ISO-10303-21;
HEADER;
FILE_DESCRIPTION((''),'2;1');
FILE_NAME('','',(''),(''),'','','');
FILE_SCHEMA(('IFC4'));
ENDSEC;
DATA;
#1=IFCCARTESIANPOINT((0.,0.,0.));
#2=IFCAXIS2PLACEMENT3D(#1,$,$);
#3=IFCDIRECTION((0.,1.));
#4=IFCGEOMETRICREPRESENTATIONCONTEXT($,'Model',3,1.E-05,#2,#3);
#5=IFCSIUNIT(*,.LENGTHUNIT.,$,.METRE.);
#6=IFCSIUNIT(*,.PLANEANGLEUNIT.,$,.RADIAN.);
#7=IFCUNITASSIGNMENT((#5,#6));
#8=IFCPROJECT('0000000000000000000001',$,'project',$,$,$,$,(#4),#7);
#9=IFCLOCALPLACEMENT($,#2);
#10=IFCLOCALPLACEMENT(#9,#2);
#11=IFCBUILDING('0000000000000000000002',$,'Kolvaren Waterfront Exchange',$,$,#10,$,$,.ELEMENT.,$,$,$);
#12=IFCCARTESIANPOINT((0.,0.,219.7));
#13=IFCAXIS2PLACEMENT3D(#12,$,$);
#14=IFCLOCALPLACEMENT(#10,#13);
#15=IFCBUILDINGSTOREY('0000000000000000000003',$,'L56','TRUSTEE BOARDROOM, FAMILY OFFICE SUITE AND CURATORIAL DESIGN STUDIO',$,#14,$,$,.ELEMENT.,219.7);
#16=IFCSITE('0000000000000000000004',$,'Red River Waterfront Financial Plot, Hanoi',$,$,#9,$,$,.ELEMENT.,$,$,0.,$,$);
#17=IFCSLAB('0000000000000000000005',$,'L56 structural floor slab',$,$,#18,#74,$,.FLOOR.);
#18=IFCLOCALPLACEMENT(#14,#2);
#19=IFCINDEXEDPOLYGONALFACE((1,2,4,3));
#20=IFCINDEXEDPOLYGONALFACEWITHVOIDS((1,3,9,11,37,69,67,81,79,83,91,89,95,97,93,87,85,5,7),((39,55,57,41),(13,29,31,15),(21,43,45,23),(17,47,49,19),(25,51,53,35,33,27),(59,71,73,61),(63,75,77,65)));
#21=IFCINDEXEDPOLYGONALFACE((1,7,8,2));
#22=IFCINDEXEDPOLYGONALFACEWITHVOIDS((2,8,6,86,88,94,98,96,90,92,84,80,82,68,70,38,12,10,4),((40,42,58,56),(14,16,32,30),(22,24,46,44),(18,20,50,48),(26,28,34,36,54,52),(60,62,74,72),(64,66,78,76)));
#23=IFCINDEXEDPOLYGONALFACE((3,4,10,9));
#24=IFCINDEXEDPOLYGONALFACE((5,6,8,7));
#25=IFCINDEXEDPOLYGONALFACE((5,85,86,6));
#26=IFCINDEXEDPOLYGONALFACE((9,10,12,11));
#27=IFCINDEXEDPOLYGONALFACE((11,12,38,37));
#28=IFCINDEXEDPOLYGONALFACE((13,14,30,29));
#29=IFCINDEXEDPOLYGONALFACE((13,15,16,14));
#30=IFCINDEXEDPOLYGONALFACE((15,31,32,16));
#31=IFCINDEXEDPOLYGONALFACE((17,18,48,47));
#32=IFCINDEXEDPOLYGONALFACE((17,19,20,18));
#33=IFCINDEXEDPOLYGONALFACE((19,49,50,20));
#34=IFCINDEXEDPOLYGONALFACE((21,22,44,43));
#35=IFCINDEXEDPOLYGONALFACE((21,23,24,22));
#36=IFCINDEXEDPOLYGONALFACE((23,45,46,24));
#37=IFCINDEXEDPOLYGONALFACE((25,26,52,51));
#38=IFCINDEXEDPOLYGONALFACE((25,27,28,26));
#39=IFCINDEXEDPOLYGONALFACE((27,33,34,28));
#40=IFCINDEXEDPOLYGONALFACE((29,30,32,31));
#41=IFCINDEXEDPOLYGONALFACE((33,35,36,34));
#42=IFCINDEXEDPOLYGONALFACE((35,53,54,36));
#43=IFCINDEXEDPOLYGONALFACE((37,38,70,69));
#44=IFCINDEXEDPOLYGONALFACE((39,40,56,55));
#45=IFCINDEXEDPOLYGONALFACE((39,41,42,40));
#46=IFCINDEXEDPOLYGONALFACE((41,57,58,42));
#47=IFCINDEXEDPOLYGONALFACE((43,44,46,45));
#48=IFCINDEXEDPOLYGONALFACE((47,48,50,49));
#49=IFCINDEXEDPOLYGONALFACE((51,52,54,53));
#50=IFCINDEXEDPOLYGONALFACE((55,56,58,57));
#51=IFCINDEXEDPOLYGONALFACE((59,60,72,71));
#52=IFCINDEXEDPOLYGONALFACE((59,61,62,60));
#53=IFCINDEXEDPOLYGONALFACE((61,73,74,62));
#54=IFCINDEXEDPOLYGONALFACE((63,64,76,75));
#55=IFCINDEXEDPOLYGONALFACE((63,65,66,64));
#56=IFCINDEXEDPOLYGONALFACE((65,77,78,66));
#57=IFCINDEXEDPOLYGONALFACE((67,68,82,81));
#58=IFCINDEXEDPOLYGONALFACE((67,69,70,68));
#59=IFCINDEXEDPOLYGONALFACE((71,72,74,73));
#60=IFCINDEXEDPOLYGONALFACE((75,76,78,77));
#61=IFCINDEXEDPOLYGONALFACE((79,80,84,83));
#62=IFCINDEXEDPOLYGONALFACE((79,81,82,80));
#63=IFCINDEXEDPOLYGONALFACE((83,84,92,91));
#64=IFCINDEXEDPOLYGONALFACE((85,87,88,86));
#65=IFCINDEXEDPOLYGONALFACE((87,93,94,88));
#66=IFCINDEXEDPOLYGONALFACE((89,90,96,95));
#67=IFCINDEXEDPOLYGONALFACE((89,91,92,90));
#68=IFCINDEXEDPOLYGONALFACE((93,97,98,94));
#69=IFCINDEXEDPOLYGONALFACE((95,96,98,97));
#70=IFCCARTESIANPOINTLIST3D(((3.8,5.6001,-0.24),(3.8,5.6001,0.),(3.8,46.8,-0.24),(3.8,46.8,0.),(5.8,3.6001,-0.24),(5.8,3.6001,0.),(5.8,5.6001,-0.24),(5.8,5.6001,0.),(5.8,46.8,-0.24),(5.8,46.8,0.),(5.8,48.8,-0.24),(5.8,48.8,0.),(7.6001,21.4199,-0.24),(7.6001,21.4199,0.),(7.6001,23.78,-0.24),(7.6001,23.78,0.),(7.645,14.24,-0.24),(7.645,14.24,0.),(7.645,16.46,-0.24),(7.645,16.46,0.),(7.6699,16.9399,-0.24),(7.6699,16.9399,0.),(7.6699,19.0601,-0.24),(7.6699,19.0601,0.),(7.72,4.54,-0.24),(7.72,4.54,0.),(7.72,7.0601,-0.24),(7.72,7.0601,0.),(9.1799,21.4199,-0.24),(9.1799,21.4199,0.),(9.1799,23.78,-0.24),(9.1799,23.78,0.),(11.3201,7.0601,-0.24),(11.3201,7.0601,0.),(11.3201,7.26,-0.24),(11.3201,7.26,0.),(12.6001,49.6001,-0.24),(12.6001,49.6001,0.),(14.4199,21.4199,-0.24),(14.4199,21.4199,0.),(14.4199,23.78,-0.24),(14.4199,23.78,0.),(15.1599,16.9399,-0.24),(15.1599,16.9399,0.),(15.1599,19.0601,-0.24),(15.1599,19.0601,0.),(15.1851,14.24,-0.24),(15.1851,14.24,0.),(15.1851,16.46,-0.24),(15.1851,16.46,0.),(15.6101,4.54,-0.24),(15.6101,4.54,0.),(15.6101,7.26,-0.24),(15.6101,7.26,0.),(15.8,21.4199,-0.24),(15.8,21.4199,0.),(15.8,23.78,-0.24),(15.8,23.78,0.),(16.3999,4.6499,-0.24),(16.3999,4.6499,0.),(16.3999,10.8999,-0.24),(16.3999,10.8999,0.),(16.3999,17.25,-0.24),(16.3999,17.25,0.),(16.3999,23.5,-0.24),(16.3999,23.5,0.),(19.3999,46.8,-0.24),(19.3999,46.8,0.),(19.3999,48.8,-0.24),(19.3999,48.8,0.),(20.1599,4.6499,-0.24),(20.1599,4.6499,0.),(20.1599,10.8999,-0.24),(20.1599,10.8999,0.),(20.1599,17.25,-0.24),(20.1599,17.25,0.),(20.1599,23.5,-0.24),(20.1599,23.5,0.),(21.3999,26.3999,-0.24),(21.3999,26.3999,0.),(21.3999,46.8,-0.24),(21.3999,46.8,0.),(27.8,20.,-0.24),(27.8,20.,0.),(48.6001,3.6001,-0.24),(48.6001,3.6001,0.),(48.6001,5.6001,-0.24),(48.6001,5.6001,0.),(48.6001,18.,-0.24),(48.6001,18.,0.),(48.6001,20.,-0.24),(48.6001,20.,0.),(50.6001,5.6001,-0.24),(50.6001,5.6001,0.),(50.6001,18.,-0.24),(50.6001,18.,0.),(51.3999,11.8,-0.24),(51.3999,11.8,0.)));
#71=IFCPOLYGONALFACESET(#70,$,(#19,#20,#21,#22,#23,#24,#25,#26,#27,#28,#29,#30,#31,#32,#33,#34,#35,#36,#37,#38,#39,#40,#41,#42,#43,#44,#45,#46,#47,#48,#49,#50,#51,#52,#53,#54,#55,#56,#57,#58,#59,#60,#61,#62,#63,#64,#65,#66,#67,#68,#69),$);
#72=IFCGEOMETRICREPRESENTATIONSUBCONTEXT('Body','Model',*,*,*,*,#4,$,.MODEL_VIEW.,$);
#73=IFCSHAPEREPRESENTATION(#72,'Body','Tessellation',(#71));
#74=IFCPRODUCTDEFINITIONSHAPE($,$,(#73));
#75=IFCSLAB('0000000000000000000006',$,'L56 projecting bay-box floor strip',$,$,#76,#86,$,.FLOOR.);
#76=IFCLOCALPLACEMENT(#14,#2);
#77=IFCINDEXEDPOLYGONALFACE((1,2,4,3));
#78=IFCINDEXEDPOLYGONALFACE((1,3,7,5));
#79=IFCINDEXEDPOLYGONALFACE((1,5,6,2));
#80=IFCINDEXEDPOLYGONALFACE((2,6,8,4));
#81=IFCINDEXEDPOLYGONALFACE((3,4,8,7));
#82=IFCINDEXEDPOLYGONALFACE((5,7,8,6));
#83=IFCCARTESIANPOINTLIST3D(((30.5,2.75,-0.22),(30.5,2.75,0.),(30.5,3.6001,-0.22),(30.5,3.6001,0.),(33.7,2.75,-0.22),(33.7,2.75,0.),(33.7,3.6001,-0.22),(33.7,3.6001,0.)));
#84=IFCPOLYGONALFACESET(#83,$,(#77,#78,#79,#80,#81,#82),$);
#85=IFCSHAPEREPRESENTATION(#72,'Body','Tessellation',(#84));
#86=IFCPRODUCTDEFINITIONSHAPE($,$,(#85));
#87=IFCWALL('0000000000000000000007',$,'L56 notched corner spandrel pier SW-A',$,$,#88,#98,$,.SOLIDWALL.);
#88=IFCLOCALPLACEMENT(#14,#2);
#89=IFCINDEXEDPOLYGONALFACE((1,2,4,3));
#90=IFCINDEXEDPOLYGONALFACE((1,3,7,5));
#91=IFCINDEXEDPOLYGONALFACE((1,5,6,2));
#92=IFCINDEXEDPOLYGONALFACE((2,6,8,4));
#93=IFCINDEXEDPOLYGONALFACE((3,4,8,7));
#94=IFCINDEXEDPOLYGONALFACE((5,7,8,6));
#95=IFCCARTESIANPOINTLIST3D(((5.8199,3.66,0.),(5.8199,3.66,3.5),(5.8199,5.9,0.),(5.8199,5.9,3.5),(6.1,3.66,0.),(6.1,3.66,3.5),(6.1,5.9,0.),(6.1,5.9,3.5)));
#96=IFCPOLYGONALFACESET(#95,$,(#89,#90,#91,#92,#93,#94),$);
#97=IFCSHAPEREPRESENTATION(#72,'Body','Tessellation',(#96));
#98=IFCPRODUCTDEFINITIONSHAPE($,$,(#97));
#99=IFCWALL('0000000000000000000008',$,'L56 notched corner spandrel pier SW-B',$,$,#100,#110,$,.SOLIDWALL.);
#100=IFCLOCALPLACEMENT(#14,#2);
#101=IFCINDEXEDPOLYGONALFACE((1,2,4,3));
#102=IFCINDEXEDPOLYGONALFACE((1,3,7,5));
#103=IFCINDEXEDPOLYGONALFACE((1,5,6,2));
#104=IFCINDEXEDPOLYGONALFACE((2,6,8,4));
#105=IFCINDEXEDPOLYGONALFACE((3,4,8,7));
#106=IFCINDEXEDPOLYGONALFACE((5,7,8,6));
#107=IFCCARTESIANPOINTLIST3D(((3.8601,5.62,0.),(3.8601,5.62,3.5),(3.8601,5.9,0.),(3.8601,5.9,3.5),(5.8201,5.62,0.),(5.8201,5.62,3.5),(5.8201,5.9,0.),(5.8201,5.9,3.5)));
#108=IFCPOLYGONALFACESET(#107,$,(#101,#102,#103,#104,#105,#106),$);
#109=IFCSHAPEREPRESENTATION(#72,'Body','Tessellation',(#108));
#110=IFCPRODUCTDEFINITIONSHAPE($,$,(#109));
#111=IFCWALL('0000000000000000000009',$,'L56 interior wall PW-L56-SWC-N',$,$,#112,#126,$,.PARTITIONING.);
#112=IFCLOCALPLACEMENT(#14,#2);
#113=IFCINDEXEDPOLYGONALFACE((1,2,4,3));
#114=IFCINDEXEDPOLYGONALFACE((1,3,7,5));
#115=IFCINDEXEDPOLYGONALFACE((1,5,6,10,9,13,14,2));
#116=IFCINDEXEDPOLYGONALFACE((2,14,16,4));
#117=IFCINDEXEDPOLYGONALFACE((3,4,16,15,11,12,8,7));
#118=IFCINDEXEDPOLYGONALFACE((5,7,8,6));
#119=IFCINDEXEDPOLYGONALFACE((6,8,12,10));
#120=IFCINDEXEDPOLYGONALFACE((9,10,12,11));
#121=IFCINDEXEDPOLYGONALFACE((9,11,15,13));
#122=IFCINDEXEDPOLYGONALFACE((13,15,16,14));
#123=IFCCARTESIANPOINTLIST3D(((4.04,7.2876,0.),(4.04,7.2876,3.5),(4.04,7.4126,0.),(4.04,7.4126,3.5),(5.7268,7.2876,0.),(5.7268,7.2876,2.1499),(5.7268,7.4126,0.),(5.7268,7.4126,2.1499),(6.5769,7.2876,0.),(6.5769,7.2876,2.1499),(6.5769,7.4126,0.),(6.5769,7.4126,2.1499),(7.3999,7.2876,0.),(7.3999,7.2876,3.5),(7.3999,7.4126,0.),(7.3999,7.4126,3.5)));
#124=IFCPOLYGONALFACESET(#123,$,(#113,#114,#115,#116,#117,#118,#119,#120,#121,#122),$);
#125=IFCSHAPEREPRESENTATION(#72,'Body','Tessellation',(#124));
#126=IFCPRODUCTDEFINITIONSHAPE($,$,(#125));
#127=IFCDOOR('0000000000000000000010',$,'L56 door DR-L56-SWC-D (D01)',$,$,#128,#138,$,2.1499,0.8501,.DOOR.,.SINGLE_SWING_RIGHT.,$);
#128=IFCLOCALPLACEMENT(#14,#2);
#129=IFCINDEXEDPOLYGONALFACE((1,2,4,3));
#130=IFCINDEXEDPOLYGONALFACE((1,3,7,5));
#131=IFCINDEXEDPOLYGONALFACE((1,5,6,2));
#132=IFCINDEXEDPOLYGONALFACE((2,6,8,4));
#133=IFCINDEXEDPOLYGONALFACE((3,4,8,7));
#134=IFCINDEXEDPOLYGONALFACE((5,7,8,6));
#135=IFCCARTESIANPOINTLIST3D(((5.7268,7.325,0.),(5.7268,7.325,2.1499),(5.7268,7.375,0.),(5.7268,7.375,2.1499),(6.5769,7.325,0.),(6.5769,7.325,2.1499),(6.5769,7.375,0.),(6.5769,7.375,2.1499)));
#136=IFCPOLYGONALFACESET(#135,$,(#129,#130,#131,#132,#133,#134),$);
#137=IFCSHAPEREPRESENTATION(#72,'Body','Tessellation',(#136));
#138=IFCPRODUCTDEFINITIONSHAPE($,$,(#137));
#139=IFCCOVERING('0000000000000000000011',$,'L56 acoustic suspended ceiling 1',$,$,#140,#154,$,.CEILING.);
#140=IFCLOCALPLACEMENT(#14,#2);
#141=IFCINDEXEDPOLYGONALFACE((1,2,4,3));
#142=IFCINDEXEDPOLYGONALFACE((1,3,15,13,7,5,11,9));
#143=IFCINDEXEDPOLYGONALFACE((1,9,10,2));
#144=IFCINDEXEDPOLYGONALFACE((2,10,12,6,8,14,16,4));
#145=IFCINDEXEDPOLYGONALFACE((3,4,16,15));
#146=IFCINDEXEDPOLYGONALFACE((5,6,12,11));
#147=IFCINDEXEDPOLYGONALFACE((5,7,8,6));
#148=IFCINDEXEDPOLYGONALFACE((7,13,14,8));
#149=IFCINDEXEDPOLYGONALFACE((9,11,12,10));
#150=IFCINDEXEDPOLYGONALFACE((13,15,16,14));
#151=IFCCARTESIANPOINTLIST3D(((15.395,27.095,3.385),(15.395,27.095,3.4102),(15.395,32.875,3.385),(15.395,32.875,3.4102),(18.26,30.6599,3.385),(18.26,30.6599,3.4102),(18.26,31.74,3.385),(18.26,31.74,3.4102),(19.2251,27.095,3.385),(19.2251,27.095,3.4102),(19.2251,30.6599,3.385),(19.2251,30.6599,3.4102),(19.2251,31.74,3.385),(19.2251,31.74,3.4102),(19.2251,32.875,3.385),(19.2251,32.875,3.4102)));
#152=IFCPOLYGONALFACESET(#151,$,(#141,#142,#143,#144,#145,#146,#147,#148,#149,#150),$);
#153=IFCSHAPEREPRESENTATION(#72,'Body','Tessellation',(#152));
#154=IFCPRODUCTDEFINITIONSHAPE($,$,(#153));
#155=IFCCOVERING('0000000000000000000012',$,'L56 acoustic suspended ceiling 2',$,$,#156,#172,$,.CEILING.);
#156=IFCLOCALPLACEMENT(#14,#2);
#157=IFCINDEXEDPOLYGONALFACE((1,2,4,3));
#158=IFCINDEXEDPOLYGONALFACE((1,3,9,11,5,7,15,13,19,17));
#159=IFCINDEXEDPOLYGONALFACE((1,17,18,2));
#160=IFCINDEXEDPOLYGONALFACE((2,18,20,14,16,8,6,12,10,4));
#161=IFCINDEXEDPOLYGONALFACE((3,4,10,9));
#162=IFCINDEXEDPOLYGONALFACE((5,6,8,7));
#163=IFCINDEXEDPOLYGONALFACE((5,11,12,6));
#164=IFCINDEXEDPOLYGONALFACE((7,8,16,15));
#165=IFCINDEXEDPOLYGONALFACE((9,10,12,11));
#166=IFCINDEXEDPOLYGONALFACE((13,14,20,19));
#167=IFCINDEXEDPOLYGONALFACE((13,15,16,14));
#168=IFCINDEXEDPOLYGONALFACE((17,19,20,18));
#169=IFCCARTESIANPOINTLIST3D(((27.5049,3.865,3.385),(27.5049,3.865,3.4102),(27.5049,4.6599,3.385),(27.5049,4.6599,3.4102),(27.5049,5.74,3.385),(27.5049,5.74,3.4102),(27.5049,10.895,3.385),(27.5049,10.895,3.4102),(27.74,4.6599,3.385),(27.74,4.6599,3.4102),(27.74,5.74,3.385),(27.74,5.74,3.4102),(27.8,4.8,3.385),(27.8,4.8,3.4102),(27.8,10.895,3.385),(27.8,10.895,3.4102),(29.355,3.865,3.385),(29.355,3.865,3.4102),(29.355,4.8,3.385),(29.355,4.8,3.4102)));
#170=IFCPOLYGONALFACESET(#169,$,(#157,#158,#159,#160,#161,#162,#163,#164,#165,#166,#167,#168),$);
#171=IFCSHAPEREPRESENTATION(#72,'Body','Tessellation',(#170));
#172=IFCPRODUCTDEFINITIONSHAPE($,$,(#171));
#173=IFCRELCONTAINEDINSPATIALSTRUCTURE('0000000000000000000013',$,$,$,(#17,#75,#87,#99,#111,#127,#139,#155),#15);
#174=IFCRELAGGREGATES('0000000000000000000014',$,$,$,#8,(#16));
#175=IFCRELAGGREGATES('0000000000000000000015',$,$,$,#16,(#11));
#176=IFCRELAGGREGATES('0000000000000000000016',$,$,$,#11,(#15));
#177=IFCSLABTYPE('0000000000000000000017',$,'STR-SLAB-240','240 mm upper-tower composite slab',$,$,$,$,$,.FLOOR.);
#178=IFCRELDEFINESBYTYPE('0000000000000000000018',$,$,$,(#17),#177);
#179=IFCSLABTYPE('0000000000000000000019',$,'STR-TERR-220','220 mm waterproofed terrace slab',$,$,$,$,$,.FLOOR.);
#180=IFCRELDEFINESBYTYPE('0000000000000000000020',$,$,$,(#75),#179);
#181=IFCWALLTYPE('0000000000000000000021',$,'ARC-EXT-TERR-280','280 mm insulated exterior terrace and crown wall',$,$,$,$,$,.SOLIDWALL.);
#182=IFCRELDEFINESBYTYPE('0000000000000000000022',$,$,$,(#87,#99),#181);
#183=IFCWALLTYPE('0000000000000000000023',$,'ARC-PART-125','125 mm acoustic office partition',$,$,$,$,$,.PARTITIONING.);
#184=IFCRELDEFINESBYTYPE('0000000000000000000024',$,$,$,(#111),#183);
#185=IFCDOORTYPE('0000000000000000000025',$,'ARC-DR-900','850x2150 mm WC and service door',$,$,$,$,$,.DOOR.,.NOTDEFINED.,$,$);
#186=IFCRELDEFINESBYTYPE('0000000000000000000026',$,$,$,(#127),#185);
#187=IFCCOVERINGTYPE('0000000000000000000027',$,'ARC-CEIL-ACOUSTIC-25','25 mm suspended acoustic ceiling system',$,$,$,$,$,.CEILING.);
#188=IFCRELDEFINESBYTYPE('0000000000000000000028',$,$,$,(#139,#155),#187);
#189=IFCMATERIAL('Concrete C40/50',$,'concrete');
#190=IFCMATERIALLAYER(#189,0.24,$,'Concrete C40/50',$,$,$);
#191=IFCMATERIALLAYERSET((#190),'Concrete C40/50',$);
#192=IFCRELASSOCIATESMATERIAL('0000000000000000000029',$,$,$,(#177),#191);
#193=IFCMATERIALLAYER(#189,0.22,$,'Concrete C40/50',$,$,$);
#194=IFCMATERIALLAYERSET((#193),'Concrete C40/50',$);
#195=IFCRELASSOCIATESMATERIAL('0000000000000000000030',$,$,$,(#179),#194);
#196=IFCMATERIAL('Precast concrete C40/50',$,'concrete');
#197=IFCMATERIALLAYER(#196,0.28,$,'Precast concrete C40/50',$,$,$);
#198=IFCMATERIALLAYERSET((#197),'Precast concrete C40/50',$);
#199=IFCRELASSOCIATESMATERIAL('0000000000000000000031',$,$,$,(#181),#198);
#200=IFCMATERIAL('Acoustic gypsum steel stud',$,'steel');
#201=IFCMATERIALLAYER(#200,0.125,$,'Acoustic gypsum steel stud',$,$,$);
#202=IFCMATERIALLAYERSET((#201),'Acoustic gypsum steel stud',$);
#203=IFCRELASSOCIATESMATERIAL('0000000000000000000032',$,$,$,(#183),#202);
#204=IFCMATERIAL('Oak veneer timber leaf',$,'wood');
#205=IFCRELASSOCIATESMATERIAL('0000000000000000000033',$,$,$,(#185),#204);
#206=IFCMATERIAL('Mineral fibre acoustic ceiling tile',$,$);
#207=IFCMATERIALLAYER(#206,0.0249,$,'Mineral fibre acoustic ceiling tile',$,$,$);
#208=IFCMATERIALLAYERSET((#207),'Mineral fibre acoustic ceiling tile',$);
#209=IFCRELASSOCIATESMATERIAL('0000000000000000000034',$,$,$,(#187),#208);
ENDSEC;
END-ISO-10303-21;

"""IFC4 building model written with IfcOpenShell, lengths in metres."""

from ifc_helpers import new_model, si_unit, direction, frame, frame_2d, origin, place, context, subcontext, project, spatial, polyline, rectangle, outline, extrude, material, layer, layer_set, type_object, element, fill, save


model = new_model("IFC4")

# Units and contexts
model_context = context("Model", 3, precision=1e-05, world=origin(), true_north=direction((0.0, 1.0)))
body_context = subcontext(model_context, "Body", "Model", "MODEL_VIEW")
ifc_project = project(units=[si_unit("LENGTHUNIT", "METRE"), si_unit("PLANEANGLEUNIT", "RADIAN")], contexts=[model_context])

# Site, building, storey
site_placement = place(None, origin())
site = spatial("IfcSite", under=ifc_project, at=site_placement, Name="Red River Waterfront Financial Plot, Hanoi", CompositionType="ELEMENT", RefElevation=0.0)
building_placement = place(site_placement, origin())
building = spatial("IfcBuilding", under=site, at=building_placement, Name="Kolvaren Waterfront Exchange", CompositionType="ELEMENT")
storey_placement = place(building_placement, frame((0.0, 0.0, 219.7)))
storey = spatial("IfcBuildingStorey", under=building, at=storey_placement, Name="L56", Description="TRUSTEE BOARDROOM, FAMILY OFFICE SUITE AND CURATORIAL DESIGN STUDIO", CompositionType="ELEMENT", Elevation=219.7)

# Shared definitions
ifc_material_1 = material(Name="Concrete C40/50", Category="concrete")

# Slabs
ifc_layer_1 = layer(ifc_material_1, 0.24, Name="Concrete C40/50")
ifc_layer_set_1 = layer_set([ifc_layer_1], Name="Concrete C40/50")
slab_type_1 = type_object("IfcSlabType", Name="STR-SLAB-240", Description="240 mm upper-tower composite slab", PredefinedType="FLOOR", material=ifc_layer_set_1)
slab_1_placement = place(storey_placement, frame((0.0, 0.0, -0.24)))
element("IfcSlab", 1, at=slab_1_placement, inside=storey, type_object=slab_type_1, Name="L56 structural floor slab", PredefinedType="FLOOR", context=body_context, shape_type="SweptSolid", body=[
    extrude(outline(polyline([(5.8, 3.6001), (48.6001, 3.6001), (48.6001, 5.6001), (50.6001, 5.6001), (51.3999, 11.8), (50.6001, 18.0), (48.6001, 18.0), (48.6001, 20.0), (27.8, 20.0), (21.3999, 26.3999), (21.3999, 46.8), (19.3999, 46.8), (19.3999, 48.8), (12.6001, 49.6001), (5.8, 48.8), (5.8, 46.8), (3.8, 46.8), (3.8, 5.6001), (5.8, 5.6001), (5.8, 3.6001)]), holes=[polyline([(11.3201, 7.26), (15.6101, 7.26), (15.6101, 4.54), (7.72, 4.54), (7.72, 7.0601), (11.3201, 7.0601), (11.3201, 7.26)]), polyline([(20.1599, 10.8999), (20.1599, 4.6499), (16.3999, 4.6499), (16.3999, 10.8999), (20.1599, 10.8999)]), polyline([(15.1851, 14.24), (7.645, 14.24), (7.645, 16.46), (15.1851, 16.46), (15.1851, 14.24)]), polyline([(15.1599, 16.9399), (7.6699, 16.9399), (7.6699, 19.0601), (15.1599, 19.0601), (15.1599, 16.9399)]), polyline([(16.3999, 17.25), (16.3999, 23.5), (20.1599, 23.5), (20.1599, 17.25), (16.3999, 17.25)]), polyline([(7.6001, 23.78), (9.1799, 23.78), (9.1799, 21.4199), (7.6001, 21.4199), (7.6001, 23.78)]), polyline([(14.4199, 23.78), (15.8, 23.78), (15.8, 21.4199), (14.4199, 21.4199), (14.4199, 23.78)])]), origin(), (0.0, 0.0, 1.0), 0.24),
])
ifc_layer_2 = layer(ifc_material_1, 0.22, Name="Concrete C40/50")
ifc_layer_set_2 = layer_set([ifc_layer_2], Name="Concrete C40/50")
slab_type_2 = type_object("IfcSlabType", Name="STR-TERR-220", Description="220 mm waterproofed terrace slab", PredefinedType="FLOOR", material=ifc_layer_set_2)
slab_2_placement = place(storey_placement, frame((0.0, 0.0, -0.22)))
element("IfcSlab", 2, at=slab_2_placement, inside=storey, type_object=slab_type_2, Name="L56 projecting bay-box floor strip", PredefinedType="FLOOR", context=body_context, shape_type="SweptSolid", body=[
    extrude(outline(polyline([(30.5, 2.75), (33.7, 2.75), (33.7, 3.6001), (30.5, 3.6001), (30.5, 2.75)])), origin(), (0.0, 0.0, 1.0), 0.22),
])

# Walls
ifc_material_2 = material(Name="Precast concrete C40/50", Category="concrete")
ifc_layer_3 = layer(ifc_material_2, 0.28, Name="Precast concrete C40/50")
ifc_layer_set_3 = layer_set([ifc_layer_3], Name="Precast concrete C40/50")
wall_type_1 = type_object("IfcWallType", Name="ARC-EXT-TERR-280", Description="280 mm insulated exterior terrace and crown wall", PredefinedType="SOLIDWALL", material=ifc_layer_set_3)
wall_1_placement = place(storey_placement, frame((5.96, 3.6599, 0.0), z_axis=(0.0, 0.0, 1.0), x_axis=(0.0, 1.0, 0.0)))
element("IfcWall", 3, at=wall_1_placement, inside=storey, type_object=wall_type_1, Name="L56 notched corner spandrel pier SW-A", PredefinedType="SOLIDWALL", context=body_context, shape_type="SweptSolid", body=[
    extrude(rectangle(XDim=2.24, YDim=0.28, at=frame_2d((1.1201, 0.0))), origin(), (0.0, 0.0, 1.0), 3.5),
])
wall_2_placement = place(storey_placement, frame((3.8601, 5.76, 0.0), z_axis=(0.0, 0.0, 1.0), x_axis=(1.0, 0.0, 0.0)))
element("IfcWall", 4, at=wall_2_placement, inside=storey, type_object=wall_type_1, Name="L56 notched corner spandrel pier SW-B", PredefinedType="SOLIDWALL", context=body_context, shape_type="SweptSolid", body=[
    extrude(rectangle(XDim=1.96, YDim=0.28, at=frame_2d((0.98, 0.0))), origin(), (0.0, 0.0, 1.0), 3.5),
])

# Wall, opening, door
ifc_material_3 = material(Name="Acoustic gypsum steel stud", Category="steel")
ifc_layer_4 = layer(ifc_material_3, 0.125, Name="Acoustic gypsum steel stud")
ifc_layer_set_4 = layer_set([ifc_layer_4], Name="Acoustic gypsum steel stud")
wall_type_2 = type_object("IfcWallType", Name="ARC-PART-125", Description="125 mm acoustic office partition", PredefinedType="PARTITIONING", material=ifc_layer_set_4)
wall_3_placement = place(storey_placement, frame((4.04, 7.3501, 0.0), z_axis=(0.0, 0.0, 1.0), x_axis=(1.0, 0.0, 0.0)))
wall_3 = element("IfcWall", 5, at=wall_3_placement, inside=storey, type_object=wall_type_2, Name="L56 interior wall PW-L56-SWC-N", PredefinedType="PARTITIONING", context=body_context, shape_type="SweptSolid", body=[
    extrude(rectangle(XDim=3.3599, YDim=0.125, at=frame_2d((1.6799, 0.0))), origin(), (0.0, 0.0, 1.0), 3.5),
])
opening_placement = place(wall_3_placement, frame((1.6868, 0.0, 0.0)))
opening = element("IfcOpeningElement", 6, at=opening_placement, cuts=wall_3, PredefinedType="OPENING", context=body_context, shape_type="SweptSolid", body=[
    extrude(rectangle(XDim=0.8501, YDim=2.1499, at=frame_2d((0.425, 1.075))), frame((0.0, 0.0725, 0.0), z_axis=(0.0, -1.0, 0.0), x_axis=(1.0, 0.0, 0.0)), (0.0, 0.0, 1.0), 0.145),
])
ifc_material_4 = material(Name="Oak veneer timber leaf", Category="wood")
door_type = type_object("IfcDoorType", Name="ARC-DR-900", Description="850x2150 mm WC and service door", OperationType="NOTDEFINED", PredefinedType="DOOR", material=ifc_material_4)
door_placement = place(opening_placement, origin())
door = element("IfcDoor", 7, at=door_placement, inside=storey, type_object=door_type, Name="L56 door DR-L56-SWC-D (D01)", OperationType="SINGLE_SWING_RIGHT", OverallHeight=2.1499, OverallWidth=0.8501, PredefinedType="DOOR", context=body_context, shape_type="SweptSolid", body=[
    extrude(rectangle(XDim=0.8501, YDim=2.1499, at=frame_2d((0.425, 1.075))), frame((0.0, 0.0249, 0.0), z_axis=(0.0, -1.0, 0.0), x_axis=(1.0, 0.0, 0.0)), (0.0, 0.0, 1.0), 0.05),
])
fill(opening, door)

# Coverings
ifc_material_5 = material(Name="Mineral fibre acoustic ceiling tile")
ifc_layer_5 = layer(ifc_material_5, 0.0249, Name="Mineral fibre acoustic ceiling tile")
ifc_layer_set_5 = layer_set([ifc_layer_5], Name="Mineral fibre acoustic ceiling tile")
covering_type_1 = type_object("IfcCoveringType", Name="ARC-CEIL-ACOUSTIC-25", Description="25 mm suspended acoustic ceiling system", PredefinedType="CEILING", material=ifc_layer_set_5)
covering_1_placement = place(storey_placement, frame((0.0, 0.0, 3.385)))
element("IfcCovering", 8, at=covering_1_placement, inside=storey, type_object=covering_type_1, Name="L56 acoustic suspended ceiling 1", PredefinedType="CEILING", context=body_context, shape_type="SweptSolid", body=[
    extrude(outline(polyline([(19.2251, 30.6599), (18.26, 30.6599), (18.26, 31.74), (19.2251, 31.74), (19.2251, 32.875), (15.395, 32.875), (15.395, 27.095), (19.2251, 27.095), (19.2251, 30.6599)])), origin(), (0.0, 0.0, 1.0), 0.0251),
])
covering_2_placement = place(storey_placement, frame((0.0, 0.0, 3.385)))
element("IfcCovering", 9, at=covering_2_placement, inside=storey, type_object=covering_type_1, Name="L56 acoustic suspended ceiling 2", PredefinedType="CEILING", context=body_context, shape_type="SweptSolid", body=[
    extrude(outline(polyline([(27.5049, 5.74), (27.74, 5.74), (27.74, 4.6599), (27.5049, 4.6599), (27.5049, 3.865), (29.355, 3.865), (29.355, 4.8), (27.8, 4.8), (27.8, 10.895), (27.5049, 10.895), (27.5049, 5.74)])), origin(), (0.0, 0.0, 1.0), 0.0251),
])

save(model, "model.ifc")
